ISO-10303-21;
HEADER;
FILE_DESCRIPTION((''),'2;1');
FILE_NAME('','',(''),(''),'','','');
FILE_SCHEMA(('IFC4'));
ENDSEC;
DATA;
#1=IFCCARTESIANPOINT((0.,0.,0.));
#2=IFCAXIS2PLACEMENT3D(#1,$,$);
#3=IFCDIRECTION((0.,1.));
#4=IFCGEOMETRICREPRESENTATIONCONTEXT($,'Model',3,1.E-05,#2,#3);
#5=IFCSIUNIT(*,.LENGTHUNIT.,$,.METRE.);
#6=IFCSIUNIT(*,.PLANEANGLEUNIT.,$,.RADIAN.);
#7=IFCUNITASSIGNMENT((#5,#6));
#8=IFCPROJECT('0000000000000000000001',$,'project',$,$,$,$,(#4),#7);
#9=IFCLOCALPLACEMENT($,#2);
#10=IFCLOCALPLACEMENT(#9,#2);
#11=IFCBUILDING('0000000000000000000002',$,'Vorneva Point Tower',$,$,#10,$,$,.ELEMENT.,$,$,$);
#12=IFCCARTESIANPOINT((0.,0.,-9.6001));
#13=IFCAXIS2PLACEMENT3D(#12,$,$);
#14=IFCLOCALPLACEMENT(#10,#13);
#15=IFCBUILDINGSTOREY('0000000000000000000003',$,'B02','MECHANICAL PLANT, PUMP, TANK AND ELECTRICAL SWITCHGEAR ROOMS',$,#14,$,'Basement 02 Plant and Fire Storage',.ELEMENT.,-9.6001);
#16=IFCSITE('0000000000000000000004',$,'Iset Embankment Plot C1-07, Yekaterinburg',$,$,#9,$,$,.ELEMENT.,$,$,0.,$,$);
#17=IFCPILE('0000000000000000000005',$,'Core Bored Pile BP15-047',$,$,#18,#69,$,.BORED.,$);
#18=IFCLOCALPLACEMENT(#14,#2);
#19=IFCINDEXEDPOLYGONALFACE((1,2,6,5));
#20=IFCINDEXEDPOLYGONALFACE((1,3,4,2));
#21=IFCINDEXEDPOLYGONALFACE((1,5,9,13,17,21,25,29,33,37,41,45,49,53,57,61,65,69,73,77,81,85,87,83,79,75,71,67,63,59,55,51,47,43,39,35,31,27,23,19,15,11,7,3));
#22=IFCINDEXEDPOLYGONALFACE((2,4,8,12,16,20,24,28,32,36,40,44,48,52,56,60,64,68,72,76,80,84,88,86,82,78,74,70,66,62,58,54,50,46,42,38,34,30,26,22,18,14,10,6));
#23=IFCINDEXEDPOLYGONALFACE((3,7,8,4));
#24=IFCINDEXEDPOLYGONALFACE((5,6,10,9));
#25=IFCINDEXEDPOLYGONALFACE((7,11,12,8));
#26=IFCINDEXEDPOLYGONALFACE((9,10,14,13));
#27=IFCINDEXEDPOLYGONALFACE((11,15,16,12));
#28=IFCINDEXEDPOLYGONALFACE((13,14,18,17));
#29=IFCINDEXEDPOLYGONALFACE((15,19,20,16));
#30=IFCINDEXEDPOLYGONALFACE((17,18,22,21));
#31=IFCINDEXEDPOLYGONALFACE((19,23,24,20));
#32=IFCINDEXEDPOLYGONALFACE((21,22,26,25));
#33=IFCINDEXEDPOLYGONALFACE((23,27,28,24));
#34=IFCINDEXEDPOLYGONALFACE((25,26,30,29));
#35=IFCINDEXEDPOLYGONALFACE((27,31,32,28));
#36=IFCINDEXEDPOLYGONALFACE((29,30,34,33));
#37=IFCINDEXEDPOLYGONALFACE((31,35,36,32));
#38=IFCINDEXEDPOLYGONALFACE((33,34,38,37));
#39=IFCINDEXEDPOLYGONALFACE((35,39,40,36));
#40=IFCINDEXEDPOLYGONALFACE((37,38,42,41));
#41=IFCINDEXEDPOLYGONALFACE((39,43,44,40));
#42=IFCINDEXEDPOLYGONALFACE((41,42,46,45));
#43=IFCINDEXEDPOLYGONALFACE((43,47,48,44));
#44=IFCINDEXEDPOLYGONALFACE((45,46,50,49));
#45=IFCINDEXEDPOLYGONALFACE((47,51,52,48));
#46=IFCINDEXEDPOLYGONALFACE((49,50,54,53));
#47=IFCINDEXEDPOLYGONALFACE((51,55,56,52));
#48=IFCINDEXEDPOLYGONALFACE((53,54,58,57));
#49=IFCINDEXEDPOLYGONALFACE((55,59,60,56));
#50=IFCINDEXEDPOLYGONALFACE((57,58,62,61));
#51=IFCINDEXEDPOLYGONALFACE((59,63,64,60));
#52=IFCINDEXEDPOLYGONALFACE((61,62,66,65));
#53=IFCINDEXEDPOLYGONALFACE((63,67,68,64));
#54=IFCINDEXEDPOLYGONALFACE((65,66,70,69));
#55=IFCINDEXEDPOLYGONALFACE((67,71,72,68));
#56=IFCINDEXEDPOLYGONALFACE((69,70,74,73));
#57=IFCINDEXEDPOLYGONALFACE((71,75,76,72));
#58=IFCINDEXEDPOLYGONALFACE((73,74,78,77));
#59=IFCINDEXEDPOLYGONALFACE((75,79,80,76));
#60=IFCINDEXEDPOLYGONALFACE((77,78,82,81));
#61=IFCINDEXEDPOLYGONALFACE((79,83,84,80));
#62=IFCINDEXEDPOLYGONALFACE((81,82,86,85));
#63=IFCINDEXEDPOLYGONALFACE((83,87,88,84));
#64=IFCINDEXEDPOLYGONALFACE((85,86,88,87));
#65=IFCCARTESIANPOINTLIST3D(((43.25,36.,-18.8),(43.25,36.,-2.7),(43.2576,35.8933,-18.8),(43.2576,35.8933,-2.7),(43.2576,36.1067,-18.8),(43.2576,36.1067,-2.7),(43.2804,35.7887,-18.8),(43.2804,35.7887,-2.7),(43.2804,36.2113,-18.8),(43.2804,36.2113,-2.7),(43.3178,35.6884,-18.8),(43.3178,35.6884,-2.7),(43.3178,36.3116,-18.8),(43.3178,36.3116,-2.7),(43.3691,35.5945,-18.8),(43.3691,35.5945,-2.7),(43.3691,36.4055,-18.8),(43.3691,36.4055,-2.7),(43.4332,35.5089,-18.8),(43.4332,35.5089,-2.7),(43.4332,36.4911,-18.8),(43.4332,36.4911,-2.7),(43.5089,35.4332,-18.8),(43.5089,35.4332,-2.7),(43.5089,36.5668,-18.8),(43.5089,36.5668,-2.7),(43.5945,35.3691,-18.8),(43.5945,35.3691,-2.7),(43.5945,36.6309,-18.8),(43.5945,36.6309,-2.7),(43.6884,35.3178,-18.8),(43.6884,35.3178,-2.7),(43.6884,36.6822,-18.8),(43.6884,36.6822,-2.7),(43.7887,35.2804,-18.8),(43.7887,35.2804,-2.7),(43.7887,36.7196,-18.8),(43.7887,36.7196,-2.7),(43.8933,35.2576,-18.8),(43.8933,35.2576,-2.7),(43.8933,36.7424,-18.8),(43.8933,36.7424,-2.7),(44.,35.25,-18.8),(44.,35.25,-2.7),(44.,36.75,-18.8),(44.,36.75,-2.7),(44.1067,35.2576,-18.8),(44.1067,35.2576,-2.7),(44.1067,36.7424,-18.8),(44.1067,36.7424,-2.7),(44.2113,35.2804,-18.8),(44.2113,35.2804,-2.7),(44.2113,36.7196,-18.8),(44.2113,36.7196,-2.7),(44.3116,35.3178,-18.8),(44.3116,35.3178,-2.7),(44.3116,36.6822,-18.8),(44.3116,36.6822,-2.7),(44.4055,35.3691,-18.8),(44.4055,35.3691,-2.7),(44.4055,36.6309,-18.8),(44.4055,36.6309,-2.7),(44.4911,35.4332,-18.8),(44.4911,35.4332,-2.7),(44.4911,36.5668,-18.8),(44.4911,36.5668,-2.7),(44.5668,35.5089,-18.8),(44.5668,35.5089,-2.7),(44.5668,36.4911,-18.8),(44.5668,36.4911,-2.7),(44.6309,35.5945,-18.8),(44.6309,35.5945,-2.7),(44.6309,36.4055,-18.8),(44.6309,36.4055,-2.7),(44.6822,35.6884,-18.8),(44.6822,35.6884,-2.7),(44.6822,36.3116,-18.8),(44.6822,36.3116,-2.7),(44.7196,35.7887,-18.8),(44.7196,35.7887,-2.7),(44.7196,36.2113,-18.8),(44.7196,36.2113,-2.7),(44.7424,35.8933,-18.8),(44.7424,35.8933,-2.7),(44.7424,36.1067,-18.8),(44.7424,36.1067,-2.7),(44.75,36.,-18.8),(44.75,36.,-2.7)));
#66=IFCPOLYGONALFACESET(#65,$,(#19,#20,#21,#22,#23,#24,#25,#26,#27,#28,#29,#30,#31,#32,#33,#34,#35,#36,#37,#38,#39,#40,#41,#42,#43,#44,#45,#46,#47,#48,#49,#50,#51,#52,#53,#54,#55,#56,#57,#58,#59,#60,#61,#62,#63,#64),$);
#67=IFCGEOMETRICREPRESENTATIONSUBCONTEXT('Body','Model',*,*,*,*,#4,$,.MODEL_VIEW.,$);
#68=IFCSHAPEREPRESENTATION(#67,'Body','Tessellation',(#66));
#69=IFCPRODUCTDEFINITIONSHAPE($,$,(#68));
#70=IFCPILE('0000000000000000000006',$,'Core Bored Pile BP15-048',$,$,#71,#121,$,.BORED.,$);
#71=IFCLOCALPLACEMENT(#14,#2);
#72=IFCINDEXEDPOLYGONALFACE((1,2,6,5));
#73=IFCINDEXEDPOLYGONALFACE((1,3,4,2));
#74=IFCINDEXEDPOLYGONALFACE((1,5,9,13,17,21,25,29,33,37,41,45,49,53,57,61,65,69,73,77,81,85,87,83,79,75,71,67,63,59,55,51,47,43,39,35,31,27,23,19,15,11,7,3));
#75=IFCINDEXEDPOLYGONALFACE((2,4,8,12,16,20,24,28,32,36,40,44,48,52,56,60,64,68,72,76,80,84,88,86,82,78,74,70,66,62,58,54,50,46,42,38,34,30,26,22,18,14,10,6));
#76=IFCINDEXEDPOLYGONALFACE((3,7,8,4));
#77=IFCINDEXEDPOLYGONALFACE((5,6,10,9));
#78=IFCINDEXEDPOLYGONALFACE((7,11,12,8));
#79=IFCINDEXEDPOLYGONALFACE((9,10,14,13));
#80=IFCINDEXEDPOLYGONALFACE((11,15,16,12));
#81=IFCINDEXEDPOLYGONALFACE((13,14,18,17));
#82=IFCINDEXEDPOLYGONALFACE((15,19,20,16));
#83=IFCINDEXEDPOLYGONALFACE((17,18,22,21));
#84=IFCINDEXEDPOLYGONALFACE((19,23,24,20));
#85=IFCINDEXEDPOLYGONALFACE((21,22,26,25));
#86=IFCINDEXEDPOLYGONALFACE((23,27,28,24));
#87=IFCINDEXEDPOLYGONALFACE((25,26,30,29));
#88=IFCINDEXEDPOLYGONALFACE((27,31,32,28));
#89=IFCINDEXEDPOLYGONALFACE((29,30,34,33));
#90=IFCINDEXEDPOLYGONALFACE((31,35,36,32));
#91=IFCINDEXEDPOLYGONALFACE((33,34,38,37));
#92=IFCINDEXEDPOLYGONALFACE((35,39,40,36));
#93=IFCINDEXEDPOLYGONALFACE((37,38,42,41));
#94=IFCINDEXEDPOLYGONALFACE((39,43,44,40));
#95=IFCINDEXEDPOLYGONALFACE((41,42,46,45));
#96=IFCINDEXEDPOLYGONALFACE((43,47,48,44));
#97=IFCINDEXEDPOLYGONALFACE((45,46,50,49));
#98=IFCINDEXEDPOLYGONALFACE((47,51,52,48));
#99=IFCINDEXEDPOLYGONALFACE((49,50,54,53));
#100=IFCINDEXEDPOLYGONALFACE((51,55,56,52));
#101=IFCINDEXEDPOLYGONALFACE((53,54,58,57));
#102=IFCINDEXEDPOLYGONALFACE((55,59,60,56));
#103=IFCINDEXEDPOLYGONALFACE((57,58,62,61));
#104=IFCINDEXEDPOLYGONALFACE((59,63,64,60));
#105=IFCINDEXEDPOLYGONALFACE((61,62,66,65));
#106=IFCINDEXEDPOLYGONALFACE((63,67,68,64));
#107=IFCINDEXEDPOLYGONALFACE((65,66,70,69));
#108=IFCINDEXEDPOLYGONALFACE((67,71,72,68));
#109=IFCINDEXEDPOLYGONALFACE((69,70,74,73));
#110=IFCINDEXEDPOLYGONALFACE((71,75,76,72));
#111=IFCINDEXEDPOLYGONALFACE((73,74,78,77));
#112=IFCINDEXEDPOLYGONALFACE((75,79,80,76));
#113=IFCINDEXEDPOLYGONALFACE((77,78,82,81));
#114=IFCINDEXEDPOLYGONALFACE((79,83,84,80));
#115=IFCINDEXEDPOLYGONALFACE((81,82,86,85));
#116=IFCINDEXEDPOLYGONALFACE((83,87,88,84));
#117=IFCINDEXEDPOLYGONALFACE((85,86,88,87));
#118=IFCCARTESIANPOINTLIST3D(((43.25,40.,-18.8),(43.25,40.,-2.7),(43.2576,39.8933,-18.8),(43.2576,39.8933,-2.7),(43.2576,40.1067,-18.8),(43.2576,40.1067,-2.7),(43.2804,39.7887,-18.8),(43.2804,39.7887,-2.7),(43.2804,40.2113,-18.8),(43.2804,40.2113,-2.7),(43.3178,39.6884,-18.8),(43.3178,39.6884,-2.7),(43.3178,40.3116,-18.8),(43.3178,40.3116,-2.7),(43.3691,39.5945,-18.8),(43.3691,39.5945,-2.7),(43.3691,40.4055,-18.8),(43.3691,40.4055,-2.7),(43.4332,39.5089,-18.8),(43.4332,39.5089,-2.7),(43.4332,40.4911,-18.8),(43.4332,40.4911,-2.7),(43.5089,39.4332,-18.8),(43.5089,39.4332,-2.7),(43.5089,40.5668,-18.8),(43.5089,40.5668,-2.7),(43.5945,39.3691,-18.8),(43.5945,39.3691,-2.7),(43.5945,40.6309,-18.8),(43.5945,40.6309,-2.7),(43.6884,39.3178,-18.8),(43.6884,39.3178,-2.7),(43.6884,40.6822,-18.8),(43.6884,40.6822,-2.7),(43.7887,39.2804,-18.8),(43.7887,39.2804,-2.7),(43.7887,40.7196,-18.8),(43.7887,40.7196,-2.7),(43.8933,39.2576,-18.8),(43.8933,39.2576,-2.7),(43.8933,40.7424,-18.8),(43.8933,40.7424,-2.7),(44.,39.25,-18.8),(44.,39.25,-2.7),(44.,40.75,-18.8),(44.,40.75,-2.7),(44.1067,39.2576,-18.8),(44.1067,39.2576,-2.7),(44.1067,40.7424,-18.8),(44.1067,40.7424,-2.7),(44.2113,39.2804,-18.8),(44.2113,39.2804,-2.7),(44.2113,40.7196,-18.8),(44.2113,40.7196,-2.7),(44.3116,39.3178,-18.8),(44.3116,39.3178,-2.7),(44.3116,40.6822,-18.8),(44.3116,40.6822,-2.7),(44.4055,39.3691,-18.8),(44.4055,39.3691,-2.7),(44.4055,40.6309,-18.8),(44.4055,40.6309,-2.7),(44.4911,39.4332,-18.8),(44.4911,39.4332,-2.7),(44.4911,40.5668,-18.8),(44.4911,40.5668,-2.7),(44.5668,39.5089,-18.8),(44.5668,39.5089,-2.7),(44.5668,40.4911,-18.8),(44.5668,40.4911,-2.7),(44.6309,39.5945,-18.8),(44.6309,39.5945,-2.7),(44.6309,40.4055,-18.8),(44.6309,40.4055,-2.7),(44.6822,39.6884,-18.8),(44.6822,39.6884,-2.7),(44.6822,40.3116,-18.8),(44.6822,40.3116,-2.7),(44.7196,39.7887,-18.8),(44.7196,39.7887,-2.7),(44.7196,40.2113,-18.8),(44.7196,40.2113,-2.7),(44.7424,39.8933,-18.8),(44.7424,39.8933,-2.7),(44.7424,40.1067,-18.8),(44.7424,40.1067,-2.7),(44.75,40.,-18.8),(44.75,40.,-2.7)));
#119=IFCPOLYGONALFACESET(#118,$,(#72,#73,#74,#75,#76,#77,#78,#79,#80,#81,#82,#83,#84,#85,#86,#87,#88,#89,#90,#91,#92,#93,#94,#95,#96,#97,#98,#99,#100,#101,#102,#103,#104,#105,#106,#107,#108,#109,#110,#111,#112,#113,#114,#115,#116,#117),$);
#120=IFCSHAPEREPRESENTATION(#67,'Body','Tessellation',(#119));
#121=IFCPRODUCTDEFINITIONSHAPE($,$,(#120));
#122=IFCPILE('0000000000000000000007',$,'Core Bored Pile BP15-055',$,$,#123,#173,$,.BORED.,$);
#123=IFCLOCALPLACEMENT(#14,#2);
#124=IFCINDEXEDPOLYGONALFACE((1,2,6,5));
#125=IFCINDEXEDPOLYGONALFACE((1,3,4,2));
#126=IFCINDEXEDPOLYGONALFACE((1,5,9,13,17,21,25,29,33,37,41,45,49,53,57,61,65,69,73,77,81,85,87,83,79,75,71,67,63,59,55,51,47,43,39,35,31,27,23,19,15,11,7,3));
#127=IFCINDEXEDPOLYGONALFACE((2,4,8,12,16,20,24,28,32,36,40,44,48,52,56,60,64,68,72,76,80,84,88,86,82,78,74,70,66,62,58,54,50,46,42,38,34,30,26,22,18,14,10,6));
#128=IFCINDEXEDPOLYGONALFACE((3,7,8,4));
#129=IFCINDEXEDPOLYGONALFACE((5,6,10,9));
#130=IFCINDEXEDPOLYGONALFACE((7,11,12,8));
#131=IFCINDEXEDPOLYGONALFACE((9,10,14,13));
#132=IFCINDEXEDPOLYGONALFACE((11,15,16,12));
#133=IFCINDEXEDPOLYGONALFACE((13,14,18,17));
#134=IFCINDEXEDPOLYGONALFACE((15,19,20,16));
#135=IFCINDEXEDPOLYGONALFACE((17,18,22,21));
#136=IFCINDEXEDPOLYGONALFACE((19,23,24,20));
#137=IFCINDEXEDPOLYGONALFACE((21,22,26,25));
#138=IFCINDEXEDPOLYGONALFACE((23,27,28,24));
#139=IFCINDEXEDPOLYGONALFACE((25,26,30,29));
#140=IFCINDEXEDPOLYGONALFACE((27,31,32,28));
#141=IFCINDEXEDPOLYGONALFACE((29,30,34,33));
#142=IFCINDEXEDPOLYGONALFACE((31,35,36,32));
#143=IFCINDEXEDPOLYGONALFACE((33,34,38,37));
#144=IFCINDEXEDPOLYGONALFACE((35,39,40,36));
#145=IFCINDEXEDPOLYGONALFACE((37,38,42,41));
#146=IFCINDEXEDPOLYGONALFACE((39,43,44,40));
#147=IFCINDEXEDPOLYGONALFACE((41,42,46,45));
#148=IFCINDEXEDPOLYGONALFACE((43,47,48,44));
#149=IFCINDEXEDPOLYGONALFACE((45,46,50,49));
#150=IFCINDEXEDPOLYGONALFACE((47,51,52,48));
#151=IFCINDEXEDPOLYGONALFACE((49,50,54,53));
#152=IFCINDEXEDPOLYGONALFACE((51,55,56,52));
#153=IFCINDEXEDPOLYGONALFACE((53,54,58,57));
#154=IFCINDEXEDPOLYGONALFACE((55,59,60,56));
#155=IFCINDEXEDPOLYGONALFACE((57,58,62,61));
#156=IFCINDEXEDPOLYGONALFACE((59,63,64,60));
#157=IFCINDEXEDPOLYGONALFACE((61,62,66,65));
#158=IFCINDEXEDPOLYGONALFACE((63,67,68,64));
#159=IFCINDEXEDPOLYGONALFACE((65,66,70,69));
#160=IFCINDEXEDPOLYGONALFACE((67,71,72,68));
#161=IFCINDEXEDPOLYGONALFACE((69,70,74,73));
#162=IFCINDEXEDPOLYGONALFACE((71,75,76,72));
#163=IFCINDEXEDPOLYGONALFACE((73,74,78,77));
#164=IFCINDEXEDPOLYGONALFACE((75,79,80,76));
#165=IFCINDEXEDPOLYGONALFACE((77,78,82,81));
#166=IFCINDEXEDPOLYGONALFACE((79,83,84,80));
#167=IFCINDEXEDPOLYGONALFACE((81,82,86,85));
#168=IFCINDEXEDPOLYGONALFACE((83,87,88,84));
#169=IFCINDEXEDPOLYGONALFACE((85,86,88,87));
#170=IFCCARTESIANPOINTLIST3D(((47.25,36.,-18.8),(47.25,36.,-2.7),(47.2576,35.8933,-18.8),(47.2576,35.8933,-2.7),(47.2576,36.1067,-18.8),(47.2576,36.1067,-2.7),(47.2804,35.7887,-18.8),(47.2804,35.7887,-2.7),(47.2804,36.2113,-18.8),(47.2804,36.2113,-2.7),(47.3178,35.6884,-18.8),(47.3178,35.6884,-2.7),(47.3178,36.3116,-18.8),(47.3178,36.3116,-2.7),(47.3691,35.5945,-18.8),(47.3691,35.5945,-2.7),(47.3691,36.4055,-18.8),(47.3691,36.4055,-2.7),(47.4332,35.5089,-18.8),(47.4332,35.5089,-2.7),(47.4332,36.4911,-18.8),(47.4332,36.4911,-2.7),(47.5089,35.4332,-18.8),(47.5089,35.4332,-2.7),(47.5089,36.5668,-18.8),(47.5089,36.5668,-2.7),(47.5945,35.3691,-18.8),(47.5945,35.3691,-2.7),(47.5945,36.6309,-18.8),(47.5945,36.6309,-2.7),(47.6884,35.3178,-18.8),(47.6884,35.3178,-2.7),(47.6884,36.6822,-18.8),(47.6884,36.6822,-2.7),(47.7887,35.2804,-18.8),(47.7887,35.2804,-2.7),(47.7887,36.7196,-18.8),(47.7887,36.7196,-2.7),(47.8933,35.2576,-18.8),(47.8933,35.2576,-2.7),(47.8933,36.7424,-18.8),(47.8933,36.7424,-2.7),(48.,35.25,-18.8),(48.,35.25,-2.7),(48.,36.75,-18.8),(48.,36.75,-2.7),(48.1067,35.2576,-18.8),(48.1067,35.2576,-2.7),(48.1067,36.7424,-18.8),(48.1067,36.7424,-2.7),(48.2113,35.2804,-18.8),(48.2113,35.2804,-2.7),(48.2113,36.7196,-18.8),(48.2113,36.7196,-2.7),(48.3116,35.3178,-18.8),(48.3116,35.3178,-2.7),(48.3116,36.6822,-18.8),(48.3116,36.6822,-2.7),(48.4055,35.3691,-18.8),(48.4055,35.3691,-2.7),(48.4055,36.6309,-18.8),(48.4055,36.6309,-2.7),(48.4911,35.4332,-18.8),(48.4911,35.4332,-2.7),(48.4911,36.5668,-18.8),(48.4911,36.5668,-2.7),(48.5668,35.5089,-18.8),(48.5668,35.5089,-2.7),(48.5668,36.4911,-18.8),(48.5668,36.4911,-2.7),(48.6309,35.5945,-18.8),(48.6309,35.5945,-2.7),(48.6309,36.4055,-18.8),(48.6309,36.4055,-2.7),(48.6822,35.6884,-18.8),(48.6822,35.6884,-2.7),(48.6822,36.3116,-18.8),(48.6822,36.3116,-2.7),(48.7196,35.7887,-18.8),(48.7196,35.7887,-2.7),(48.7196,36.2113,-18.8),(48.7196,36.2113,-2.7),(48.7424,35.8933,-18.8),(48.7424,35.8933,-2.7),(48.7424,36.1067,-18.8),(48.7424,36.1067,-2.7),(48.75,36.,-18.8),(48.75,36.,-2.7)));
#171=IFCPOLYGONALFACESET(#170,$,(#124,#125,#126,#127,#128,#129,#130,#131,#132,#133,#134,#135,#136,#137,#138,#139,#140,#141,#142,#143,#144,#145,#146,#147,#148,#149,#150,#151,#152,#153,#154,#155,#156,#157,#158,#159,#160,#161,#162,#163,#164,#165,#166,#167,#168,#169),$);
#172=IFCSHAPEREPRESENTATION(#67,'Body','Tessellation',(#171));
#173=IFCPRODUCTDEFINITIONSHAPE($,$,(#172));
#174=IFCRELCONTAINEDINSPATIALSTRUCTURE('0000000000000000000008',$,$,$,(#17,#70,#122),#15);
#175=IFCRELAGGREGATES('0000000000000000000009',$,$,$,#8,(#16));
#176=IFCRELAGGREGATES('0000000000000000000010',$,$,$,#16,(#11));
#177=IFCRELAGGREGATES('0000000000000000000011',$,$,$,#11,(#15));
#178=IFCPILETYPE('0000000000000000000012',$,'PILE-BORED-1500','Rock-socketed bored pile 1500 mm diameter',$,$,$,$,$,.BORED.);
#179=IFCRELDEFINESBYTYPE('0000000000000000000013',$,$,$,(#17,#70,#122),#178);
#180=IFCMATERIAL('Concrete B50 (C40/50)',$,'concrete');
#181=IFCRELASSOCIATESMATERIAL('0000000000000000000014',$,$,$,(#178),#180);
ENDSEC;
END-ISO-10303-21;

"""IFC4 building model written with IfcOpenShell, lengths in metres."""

from ifc_helpers import new_model, si_unit, direction, frame, origin, origin_2d, place, context, subcontext, project, spatial, circle, extrude, material, material_profile, profile_set, type_object, element, save


model = new_model("IFC4")

# Units and contexts
model_context = context("Model", 3, precision=1e-05, world=origin(), true_north=direction((0.0, 1.0)))
body_context = subcontext(model_context, "Body", "Model", "MODEL_VIEW")
ifc_project = project(units=[si_unit("LENGTHUNIT", "METRE"), si_unit("PLANEANGLEUNIT", "RADIAN")], contexts=[model_context])

# Site, building, storey
site_placement = place(None, origin())
site = spatial("IfcSite", under=ifc_project, at=site_placement, Name="Iset Embankment Plot C1-07, Yekaterinburg", CompositionType="ELEMENT", RefElevation=0.0)
building_placement = place(site_placement, origin())
building = spatial("IfcBuilding", under=site, at=building_placement, Name="Vorneva Point Tower", CompositionType="ELEMENT")
storey_placement = place(building_placement, frame((0.0, 0.0, -9.6001)))
storey = spatial("IfcBuildingStorey", under=building, at=storey_placement, Name="B02", Description="MECHANICAL PLANT, PUMP, TANK AND ELECTRICAL SWITCHGEAR ROOMS", LongName="Basement 02 Plant and Fire Storage", CompositionType="ELEMENT", Elevation=-9.6001)

# Piles
ifc_material_1 = material(Name="Concrete B50 (C40/50)", Category="concrete")
ifc_material_profile_1 = material_profile(ifc_material_1, circle(Radius=0.75, at=origin_2d()), Name="PILE-1500")
ifc_profile_set_1 = profile_set([ifc_material_profile_1], Name="Concrete B50 (C40/50)")
pile_type_1 = type_object("IfcPileType", Name="PILE-BORED-1500", Description="Rock-socketed bored pile 1500 mm diameter", PredefinedType="BORED", material=ifc_profile_set_1)
for number, where, z_axis, x_axis, name in (
    (1, (44.0, 36.0, -2.7), (0.0, 0.0, -1.0), (1.0, 0.0, 0.0), "Core Bored Pile BP15-047"),
    (2, (44.0, 40.0, -2.7), (0.0, 0.0, -1.0), (1.0, 0.0, 0.0), "Core Bored Pile BP15-048"),
    (3, (48.0, 36.0, -2.7), (0.0, 0.0, -1.0), (1.0, 0.0, 0.0), "Core Bored Pile BP15-055"),
):
    element("IfcPile", number, at=place(storey_placement, frame(where, z_axis=z_axis, x_axis=x_axis)), inside=storey, type_object=pile_type_1, Name=name, PredefinedType="BORED", context=body_context, shape_type="SweptSolid", body=[
        extrude(circle(Radius=0.75, at=origin_2d()), origin(), (0.0, 0.0, 1.0), 16.1001),
    ])

save(model, "model.ifc")
